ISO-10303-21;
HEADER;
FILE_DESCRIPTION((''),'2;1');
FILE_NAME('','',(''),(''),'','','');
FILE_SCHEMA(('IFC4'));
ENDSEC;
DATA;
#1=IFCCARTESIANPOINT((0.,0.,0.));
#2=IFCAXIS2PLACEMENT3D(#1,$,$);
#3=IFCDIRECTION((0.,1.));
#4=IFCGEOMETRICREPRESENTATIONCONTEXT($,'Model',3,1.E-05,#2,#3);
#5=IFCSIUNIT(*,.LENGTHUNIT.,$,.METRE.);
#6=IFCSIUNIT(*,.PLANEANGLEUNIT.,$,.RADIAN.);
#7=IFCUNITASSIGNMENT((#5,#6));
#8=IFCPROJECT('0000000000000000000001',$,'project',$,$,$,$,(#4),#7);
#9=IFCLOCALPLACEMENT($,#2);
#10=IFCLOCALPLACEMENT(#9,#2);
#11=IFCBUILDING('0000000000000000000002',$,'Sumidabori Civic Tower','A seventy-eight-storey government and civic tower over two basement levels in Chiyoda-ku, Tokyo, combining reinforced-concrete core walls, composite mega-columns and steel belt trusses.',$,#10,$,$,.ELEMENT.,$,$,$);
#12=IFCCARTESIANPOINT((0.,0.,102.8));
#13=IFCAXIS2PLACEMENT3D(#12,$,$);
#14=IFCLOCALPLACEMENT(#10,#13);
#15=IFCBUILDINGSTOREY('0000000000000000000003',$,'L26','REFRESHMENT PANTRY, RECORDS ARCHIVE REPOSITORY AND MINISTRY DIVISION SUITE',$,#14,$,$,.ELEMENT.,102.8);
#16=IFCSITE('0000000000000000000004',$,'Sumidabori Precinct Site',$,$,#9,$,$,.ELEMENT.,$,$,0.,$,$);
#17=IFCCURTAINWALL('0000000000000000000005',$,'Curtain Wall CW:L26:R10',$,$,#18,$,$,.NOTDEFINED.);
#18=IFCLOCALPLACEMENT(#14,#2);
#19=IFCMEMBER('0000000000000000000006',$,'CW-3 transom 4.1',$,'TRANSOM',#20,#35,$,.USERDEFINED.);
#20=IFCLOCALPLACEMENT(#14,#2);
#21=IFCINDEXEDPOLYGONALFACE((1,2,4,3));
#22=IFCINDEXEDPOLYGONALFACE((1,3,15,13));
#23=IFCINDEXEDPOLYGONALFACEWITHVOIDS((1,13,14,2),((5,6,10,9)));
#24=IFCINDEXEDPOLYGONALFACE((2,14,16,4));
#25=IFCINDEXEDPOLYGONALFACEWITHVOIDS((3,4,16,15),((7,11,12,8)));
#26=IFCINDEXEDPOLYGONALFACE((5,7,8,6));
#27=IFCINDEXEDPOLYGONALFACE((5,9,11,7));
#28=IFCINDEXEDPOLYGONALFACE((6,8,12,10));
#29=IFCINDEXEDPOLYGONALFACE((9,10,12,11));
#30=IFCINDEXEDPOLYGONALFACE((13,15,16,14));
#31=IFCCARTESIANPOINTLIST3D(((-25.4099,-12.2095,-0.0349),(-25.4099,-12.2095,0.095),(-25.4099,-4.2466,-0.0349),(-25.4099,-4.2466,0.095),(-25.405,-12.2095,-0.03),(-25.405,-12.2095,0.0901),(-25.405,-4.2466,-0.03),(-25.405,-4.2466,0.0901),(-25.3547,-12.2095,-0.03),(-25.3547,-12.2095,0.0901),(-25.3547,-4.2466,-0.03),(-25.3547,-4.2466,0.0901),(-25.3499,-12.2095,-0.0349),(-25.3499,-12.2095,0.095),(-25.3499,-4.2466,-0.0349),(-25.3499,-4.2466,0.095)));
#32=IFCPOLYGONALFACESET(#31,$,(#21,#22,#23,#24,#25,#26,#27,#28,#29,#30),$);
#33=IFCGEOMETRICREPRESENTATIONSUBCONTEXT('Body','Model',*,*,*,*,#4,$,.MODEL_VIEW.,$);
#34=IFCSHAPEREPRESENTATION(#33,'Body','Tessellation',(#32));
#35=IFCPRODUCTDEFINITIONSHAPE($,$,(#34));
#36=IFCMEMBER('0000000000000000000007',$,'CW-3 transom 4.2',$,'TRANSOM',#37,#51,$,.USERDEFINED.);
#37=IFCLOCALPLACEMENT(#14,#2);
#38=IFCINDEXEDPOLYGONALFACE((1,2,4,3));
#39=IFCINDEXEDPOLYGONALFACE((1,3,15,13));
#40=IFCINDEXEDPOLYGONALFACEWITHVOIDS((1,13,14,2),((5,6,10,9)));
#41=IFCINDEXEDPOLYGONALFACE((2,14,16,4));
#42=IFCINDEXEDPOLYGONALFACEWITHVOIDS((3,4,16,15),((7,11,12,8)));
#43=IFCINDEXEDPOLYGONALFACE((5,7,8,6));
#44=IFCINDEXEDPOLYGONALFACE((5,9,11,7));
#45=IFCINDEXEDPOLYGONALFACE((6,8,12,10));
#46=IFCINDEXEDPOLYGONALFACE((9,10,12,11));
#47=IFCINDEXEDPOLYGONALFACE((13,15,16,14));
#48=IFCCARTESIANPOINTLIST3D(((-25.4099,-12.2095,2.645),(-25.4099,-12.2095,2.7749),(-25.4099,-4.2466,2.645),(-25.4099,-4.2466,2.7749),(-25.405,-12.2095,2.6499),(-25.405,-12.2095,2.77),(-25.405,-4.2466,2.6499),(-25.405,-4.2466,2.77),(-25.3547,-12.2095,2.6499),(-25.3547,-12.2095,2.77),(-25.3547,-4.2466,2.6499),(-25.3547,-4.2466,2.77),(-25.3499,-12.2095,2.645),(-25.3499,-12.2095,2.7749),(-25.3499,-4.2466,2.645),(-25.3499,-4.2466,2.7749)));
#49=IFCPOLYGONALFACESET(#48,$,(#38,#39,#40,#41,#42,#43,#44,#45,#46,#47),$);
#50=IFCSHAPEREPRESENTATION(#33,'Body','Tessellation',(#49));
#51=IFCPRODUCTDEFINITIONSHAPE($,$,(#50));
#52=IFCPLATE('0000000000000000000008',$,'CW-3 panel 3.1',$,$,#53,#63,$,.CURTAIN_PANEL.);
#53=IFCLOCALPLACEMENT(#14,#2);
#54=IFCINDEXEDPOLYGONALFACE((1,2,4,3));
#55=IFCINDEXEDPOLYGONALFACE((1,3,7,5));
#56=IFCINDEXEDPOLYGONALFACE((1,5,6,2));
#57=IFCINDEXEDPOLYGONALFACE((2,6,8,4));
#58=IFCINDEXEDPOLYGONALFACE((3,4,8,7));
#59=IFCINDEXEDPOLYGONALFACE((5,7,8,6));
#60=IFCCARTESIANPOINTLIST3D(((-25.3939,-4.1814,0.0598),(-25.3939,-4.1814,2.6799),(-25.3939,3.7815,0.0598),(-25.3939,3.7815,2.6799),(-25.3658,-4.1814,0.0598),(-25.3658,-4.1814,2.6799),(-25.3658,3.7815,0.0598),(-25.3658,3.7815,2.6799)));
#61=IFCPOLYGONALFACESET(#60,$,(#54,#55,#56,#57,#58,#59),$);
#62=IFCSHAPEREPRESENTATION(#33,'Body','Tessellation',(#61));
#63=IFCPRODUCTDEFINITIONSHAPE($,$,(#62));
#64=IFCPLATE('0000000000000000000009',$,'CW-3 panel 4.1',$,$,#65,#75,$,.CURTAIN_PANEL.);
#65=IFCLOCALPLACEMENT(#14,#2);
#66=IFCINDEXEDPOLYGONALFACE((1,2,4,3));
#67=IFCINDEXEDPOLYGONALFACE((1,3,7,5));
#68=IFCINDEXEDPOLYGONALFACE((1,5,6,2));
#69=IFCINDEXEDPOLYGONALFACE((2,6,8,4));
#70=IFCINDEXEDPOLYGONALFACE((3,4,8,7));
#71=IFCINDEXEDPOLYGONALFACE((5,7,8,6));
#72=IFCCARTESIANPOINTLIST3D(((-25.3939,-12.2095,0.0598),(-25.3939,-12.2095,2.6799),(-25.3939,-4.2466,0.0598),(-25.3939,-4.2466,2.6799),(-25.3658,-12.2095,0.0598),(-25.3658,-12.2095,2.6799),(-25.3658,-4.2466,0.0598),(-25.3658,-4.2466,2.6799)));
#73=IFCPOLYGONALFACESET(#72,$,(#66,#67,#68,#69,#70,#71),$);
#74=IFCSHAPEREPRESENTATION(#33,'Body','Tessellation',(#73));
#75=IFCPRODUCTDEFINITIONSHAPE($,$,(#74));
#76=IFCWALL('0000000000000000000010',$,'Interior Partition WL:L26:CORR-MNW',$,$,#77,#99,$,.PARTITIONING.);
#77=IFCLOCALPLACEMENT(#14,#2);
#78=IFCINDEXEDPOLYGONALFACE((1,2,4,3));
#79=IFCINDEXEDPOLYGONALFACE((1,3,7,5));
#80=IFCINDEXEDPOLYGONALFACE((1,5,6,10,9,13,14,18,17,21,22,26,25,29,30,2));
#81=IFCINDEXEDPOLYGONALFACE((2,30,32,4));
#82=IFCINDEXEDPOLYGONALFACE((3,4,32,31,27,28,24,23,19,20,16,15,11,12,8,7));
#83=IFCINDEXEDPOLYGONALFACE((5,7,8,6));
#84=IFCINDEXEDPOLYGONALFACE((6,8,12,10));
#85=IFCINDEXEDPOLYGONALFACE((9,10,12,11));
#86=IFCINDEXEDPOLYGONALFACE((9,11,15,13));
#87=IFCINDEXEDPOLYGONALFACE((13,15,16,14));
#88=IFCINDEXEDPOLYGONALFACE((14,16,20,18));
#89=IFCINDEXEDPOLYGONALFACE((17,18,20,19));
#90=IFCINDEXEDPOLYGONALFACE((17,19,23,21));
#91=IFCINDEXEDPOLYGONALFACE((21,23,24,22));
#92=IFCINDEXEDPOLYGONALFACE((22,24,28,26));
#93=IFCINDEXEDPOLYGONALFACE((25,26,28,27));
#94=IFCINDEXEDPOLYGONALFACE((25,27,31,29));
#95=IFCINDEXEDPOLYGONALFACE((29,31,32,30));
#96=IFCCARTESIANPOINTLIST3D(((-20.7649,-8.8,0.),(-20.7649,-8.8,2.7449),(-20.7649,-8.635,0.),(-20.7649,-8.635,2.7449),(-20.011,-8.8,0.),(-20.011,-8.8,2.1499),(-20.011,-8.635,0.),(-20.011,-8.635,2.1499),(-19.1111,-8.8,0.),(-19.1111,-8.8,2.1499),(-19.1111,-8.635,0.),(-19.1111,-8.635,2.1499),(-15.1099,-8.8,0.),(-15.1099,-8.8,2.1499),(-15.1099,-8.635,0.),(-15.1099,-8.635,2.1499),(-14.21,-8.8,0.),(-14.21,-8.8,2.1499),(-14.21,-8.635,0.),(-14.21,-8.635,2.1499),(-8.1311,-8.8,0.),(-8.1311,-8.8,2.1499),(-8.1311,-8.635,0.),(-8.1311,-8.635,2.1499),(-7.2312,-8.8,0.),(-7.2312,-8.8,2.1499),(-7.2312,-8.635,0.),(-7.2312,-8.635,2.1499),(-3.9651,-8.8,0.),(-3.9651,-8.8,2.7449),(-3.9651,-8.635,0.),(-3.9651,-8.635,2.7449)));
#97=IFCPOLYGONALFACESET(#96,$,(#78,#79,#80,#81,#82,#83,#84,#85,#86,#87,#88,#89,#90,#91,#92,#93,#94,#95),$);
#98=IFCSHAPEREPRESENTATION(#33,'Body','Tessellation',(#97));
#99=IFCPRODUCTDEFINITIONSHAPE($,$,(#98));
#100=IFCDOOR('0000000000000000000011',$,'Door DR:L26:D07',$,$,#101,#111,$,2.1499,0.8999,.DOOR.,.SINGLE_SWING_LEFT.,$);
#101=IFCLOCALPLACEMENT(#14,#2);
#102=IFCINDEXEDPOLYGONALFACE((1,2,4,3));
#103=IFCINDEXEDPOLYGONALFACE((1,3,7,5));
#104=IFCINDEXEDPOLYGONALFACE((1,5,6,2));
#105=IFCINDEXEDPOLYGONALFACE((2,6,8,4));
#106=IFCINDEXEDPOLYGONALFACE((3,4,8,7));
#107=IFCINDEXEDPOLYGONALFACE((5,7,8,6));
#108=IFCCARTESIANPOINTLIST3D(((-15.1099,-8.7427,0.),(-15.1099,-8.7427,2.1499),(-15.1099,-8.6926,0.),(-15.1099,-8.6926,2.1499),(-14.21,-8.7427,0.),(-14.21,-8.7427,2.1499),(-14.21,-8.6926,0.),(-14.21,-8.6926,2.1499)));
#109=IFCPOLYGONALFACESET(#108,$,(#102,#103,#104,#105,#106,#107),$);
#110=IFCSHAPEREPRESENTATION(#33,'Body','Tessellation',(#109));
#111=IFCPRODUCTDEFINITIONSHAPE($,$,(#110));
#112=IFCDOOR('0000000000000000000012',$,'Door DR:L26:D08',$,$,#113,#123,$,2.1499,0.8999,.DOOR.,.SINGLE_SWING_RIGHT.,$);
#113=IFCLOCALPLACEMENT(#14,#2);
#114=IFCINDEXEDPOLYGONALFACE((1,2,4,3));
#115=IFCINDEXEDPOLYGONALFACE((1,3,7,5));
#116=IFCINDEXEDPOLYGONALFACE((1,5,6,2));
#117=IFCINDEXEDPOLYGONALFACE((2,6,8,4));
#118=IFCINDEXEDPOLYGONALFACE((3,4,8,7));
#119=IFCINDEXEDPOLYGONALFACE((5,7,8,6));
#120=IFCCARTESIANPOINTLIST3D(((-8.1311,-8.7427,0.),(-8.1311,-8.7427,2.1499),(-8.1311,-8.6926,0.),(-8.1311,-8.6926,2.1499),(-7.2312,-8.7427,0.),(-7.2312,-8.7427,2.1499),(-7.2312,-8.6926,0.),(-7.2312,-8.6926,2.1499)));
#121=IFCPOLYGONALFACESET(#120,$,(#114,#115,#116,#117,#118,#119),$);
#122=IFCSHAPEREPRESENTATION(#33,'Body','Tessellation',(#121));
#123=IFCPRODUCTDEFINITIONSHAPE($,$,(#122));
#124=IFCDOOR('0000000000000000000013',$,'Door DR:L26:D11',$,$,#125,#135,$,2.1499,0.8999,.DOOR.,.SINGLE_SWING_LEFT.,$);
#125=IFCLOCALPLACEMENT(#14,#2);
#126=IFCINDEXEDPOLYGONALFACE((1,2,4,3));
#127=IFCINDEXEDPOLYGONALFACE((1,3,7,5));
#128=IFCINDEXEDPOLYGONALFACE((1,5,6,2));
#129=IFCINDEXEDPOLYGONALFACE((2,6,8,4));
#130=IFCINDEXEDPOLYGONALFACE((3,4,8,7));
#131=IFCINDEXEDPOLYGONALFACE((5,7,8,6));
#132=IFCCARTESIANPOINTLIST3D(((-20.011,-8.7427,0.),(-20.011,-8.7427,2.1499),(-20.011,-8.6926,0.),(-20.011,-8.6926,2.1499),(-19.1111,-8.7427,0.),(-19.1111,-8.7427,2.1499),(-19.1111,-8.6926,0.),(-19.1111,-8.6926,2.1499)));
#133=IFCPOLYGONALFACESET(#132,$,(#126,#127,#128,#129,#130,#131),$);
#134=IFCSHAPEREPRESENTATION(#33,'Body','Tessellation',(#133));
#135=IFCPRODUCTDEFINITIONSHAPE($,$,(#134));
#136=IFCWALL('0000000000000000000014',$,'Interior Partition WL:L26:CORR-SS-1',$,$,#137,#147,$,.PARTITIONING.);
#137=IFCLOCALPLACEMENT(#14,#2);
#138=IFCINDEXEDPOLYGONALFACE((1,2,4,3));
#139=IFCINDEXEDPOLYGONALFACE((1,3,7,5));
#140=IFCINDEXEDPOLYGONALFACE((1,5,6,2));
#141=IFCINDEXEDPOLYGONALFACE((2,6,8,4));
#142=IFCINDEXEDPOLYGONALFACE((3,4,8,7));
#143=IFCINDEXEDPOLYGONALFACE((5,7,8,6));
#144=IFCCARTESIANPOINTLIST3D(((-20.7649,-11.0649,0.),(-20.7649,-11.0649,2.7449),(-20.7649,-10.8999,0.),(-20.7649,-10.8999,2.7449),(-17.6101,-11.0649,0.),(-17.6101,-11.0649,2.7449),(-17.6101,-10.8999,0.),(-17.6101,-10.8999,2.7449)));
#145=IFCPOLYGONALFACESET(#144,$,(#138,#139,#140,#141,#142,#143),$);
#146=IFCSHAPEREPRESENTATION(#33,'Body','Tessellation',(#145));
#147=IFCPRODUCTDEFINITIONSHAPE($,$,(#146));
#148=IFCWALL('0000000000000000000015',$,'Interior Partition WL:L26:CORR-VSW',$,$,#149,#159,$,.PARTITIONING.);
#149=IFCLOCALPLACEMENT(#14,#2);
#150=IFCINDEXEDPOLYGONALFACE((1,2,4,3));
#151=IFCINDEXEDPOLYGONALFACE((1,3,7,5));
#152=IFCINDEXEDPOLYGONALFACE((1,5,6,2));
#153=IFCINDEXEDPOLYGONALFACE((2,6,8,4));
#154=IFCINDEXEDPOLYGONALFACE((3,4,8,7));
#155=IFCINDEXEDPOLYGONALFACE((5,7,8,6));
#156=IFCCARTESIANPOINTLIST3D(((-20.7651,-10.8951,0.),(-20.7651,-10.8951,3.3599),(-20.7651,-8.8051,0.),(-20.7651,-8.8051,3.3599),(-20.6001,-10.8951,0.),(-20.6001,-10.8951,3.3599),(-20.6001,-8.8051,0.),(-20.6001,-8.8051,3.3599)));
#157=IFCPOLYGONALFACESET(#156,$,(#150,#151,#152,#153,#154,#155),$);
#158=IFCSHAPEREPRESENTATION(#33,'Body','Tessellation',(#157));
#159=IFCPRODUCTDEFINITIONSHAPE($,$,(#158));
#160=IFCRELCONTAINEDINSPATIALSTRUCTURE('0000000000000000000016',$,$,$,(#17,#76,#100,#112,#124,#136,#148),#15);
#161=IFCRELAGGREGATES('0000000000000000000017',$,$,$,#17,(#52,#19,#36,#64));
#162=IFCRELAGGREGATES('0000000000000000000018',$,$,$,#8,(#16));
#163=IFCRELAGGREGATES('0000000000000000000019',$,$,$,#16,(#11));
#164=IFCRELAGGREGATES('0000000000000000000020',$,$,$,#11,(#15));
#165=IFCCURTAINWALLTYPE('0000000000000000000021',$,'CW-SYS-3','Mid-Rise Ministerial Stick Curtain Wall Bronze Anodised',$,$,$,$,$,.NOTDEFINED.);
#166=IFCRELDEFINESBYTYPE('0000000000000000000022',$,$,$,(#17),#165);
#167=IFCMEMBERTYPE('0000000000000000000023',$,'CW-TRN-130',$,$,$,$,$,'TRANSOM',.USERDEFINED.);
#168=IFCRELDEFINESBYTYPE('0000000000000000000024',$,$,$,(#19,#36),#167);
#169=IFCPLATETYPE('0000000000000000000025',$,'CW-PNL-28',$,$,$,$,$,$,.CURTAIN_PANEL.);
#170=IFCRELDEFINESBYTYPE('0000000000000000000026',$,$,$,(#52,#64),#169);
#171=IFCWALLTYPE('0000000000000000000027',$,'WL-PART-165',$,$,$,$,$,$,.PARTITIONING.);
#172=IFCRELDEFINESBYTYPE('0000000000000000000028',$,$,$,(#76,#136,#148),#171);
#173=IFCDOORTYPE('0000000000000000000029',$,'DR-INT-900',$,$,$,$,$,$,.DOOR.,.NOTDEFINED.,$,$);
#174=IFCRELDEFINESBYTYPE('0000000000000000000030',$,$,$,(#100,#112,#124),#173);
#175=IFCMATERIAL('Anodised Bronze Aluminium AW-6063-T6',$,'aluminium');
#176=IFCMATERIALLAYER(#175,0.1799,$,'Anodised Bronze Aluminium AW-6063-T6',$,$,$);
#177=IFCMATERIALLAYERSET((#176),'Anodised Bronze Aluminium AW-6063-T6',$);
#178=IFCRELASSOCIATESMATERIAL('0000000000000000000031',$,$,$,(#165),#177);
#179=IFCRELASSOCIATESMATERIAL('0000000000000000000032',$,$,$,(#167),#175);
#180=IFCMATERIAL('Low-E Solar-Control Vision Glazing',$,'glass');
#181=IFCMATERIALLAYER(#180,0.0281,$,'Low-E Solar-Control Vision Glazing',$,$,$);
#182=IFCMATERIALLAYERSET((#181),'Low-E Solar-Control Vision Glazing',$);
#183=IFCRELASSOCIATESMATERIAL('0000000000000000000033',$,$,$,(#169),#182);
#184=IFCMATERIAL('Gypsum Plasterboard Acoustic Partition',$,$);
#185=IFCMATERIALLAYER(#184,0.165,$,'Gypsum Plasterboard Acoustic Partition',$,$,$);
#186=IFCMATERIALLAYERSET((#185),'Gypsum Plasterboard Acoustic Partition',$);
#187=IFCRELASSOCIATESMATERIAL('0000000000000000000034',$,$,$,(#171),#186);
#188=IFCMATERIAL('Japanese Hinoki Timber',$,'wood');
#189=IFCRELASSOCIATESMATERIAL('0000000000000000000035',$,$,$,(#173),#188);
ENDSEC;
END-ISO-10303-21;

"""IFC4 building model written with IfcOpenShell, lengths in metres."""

from ifc_helpers import new_model, si_unit, direction, frame, frame_2d, origin, origin_2d, place, context, subcontext, project, spatial, rectangle, hollow_rectangle, extrude, source, transform, mapped, material, layer, layer_set, material_profile, profile_set, type_object, element, fill, aggregate, save


model = new_model("IFC4")

# Units and contexts
model_context = context("Model", 3, precision=1e-05, world=origin(), true_north=direction((0.0, 1.0)))
body_context = subcontext(model_context, "Body", "Model", "MODEL_VIEW")
ifc_project = project(units=[si_unit("LENGTHUNIT", "METRE"), si_unit("PLANEANGLEUNIT", "RADIAN")], contexts=[model_context])

# Site, building, storey
site_placement = place(None, origin())
site = spatial("IfcSite", under=ifc_project, at=site_placement, Name="Sumidabori Precinct Site", CompositionType="ELEMENT", RefElevation=0.0)
building_placement = place(site_placement, origin())
building = spatial("IfcBuilding", under=site, at=building_placement, Name="Sumidabori Civic Tower", Description="A seventy-eight-storey government and civic tower over two basement levels in Chiyoda-ku, Tokyo, combining reinforced-concrete core walls, composite mega-columns and steel belt trusses.", CompositionType="ELEMENT")
storey_placement = place(building_placement, frame((0.0, 0.0, 102.8)))
storey = spatial("IfcBuildingStorey", under=building, at=storey_placement, Name="L26", Description="REFRESHMENT PANTRY, RECORDS ARCHIVE REPOSITORY AND MINISTRY DIVISION SUITE", CompositionType="ELEMENT", Elevation=102.8)

# Curtain wall, members, plates
ifc_material_1 = material(Name="Anodised Bronze Aluminium AW-6063-T6", Category="aluminium")
ifc_layer_1 = layer(ifc_material_1, 0.1799, Name="Anodised Bronze Aluminium AW-6063-T6")
ifc_layer_set_1 = layer_set([ifc_layer_1], Name="Anodised Bronze Aluminium AW-6063-T6")
curtain_wall_type = type_object("IfcCurtainWallType", Name="CW-SYS-3", Description="Mid-Rise Ministerial Stick Curtain Wall Bronze Anodised", PredefinedType="NOTDEFINED", material=ifc_layer_set_1)
curtain_wall_placement = place(storey_placement, origin())
curtain_wall = element("IfcCurtainWall", 1, at=curtain_wall_placement, inside=storey, type_object=curtain_wall_type, Name="Curtain Wall CW:L26:R10", PredefinedType="NOTDEFINED")
ifc_material_profile_1 = material_profile(ifc_material_1, hollow_rectangle(XDim=0.0601, YDim=0.1299, WallThickness=0.0049, at=origin_2d()), Name="ALU TRANSOM 130x60")
ifc_profile_set_1 = profile_set([ifc_material_profile_1], Name="Anodised Bronze Aluminium AW-6063-T6")
member_type_1 = type_object("IfcMemberType", Name="CW-TRN-130", ElementType="TRANSOM", PredefinedType="USERDEFINED", material=ifc_profile_set_1)
shared_shape_1 = source(origin(), body_context, "Body", "SweptSolid", [
    extrude(hollow_rectangle(XDim=0.0601, YDim=0.1299, WallThickness=0.0049, at=origin_2d()), origin(), (0.0, 0.0, 1.0), 7.9629),
])
member_1_placement = place(storey_placement, frame((-25.3799, -4.2466, 0.03), z_axis=(0.0, -1.0, 0.0), x_axis=(1.0, 0.0, 0.0)))
member_1 = element("IfcMember", 2, at=member_1_placement, type_object=member_type_1, Name="CW-3 transom 4.1", ObjectType="TRANSOM", PredefinedType="USERDEFINED", context=body_context, shape_type="MappedRepresentation", body=[
    mapped(shared_shape_1, transform((0.0, 0.0, 0.0), x_axis=(1.0, 0.0, 0.0), y_axis=(0.0, 1.0, 0.0), z_axis=(0.0, 0.0, 1.0), scale=1.0)),
])
member_2_placement = place(storey_placement, frame((-25.3799, -4.2466, 2.71), z_axis=(0.0, -1.0, 0.0), x_axis=(1.0, 0.0, 0.0)))
member_2 = element("IfcMember", 3, at=member_2_placement, type_object=member_type_1, Name="CW-3 transom 4.2", ObjectType="TRANSOM", PredefinedType="USERDEFINED", context=body_context, shape_type="MappedRepresentation", body=[
    mapped(shared_shape_1, transform((0.0, 0.0, 0.0), x_axis=(1.0, 0.0, 0.0), y_axis=(0.0, 1.0, 0.0), z_axis=(0.0, 0.0, 1.0), scale=1.0)),
])
ifc_material_2 = material(Name="Low-E Solar-Control Vision Glazing", Category="glass")
ifc_layer_2 = layer(ifc_material_2, 0.0281, Name="Low-E Solar-Control Vision Glazing")
ifc_layer_set_2 = layer_set([ifc_layer_2], Name="Low-E Solar-Control Vision Glazing")
plate_type = type_object("IfcPlateType", Name="CW-PNL-28", PredefinedType="CURTAIN_PANEL", material=ifc_layer_set_2)
shared_shape_2 = source(origin(), body_context, "Body", "SweptSolid", [
    extrude(rectangle(XDim=7.9629, YDim=0.0281, at=origin_2d()), origin(), (0.0, 0.0, 1.0), 2.6201),
])
plate_1_placement = place(storey_placement, frame((-25.3799, -0.2, 0.0598), z_axis=(0.0, 0.0, 1.0), x_axis=(0.0, -1.0, 0.0)))
plate_1 = element("IfcPlate", 4, at=plate_1_placement, type_object=plate_type, Name="CW-3 panel 3.1", PredefinedType="CURTAIN_PANEL", context=body_context, shape_type="MappedRepresentation", body=[
    mapped(shared_shape_2, transform((0.0, 0.0, 0.0), x_axis=(1.0, 0.0, 0.0), y_axis=(0.0, 1.0, 0.0), z_axis=(0.0, 0.0, 1.0), scale=1.0)),
])
plate_2_placement = place(storey_placement, frame((-25.3799, -8.228, 0.0598), z_axis=(0.0, 0.0, 1.0), x_axis=(0.0, -1.0, 0.0)))
plate_2 = element("IfcPlate", 5, at=plate_2_placement, type_object=plate_type, Name="CW-3 panel 4.1", PredefinedType="CURTAIN_PANEL", context=body_context, shape_type="MappedRepresentation", body=[
    mapped(shared_shape_2, transform((0.0, 0.0, 0.0), x_axis=(1.0, 0.0, 0.0), y_axis=(0.0, 1.0, 0.0), z_axis=(0.0, 0.0, 1.0), scale=1.0)),
])
aggregate(curtain_wall, [plate_1, member_1, member_2, plate_2])

# Wall, openings, doors
ifc_material_3 = material(Name="Gypsum Plasterboard Acoustic Partition")
ifc_layer_3 = layer(ifc_material_3, 0.165, Name="Gypsum Plasterboard Acoustic Partition")
ifc_layer_set_3 = layer_set([ifc_layer_3], Name="Gypsum Plasterboard Acoustic Partition")
wall_type = type_object("IfcWallType", Name="WL-PART-165", PredefinedType="PARTITIONING", material=ifc_layer_set_3)
shared_shape_3 = source(origin(), body_context, "Body", "SweptSolid", [
    extrude(rectangle(XDim=16.7998, YDim=0.165, at=frame_2d((8.3999, 0.0))), origin(), (0.0, 0.0, 1.0), 2.7449),
])
wall_1_placement = place(storey_placement, frame((-20.7649, -8.7175, 0.0), z_axis=(0.0, 0.0, 1.0), x_axis=(1.0, 0.0, 0.0)))
wall_1 = element("IfcWall", 6, at=wall_1_placement, inside=storey, type_object=wall_type, Name="Interior Partition WL:L26:CORR-MNW", PredefinedType="PARTITIONING", context=body_context, shape_type="MappedRepresentation", body=[
    mapped(shared_shape_3, transform((0.0, 0.0, 0.0), x_axis=(1.0, 0.0, 0.0), y_axis=(0.0, 1.0, 0.0), z_axis=(0.0, 0.0, 1.0), scale=1.0)),
])
opening_1_placement = place(wall_1_placement, frame((5.655, 0.0, 0.0)))
opening_1 = element("IfcOpeningElement", 7, at=opening_1_placement, cuts=wall_1, PredefinedType="OPENING", context=body_context, shape_type="SweptSolid", body=[
    extrude(rectangle(XDim=0.8999, YDim=2.1499, at=frame_2d((0.45, 1.075))), frame((0.0, 0.0945, 0.0), z_axis=(0.0, -1.0, 0.0), x_axis=(1.0, 0.0, 0.0)), (0.0, 0.0, 1.0), 0.189),
])
opening_2_placement = place(wall_1_placement, frame((12.6338, 0.0, 0.0)))
opening_2 = element("IfcOpeningElement", 8, at=opening_2_placement, cuts=wall_1, PredefinedType="OPENING", context=body_context, shape_type="SweptSolid", body=[
    extrude(rectangle(XDim=0.8999, YDim=2.1499, at=frame_2d((0.45, 1.075))), frame((0.0, 0.0945, 0.0), z_axis=(0.0, -1.0, 0.0), x_axis=(1.0, 0.0, 0.0)), (0.0, 0.0, 1.0), 0.189),
])
opening_3_placement = place(wall_1_placement, frame((0.7539, 0.0, 0.0)))
opening_3 = element("IfcOpeningElement", 9, at=opening_3_placement, cuts=wall_1, PredefinedType="OPENING", context=body_context, shape_type="SweptSolid", body=[
    extrude(rectangle(XDim=0.8999, YDim=2.1499, at=frame_2d((0.45, 1.075))), frame((0.0, 0.0945, 0.0), z_axis=(0.0, -1.0, 0.0), x_axis=(1.0, 0.0, 0.0)), (0.0, 0.0, 1.0), 0.189),
])
ifc_material_4 = material(Name="Japanese Hinoki Timber", Category="wood")
door_type = type_object("IfcDoorType", Name="DR-INT-900", OperationType="NOTDEFINED", PredefinedType="DOOR", material=ifc_material_4)
shared_shape_4 = source(origin(), body_context, "Body", "SweptSolid", [
    extrude(rectangle(XDim=0.8999, YDim=2.1499, at=frame_2d((0.45, 1.075))), frame((0.0, 0.0249, 0.0), z_axis=(0.0, -1.0, 0.0), x_axis=(1.0, 0.0, 0.0)), (0.0, 0.0, 1.0), 0.05),
])
door_1_placement = place(opening_1_placement, origin())
door_1 = element("IfcDoor", 10, at=door_1_placement, inside=storey, type_object=door_type, Name="Door DR:L26:D07", OperationType="SINGLE_SWING_LEFT", OverallHeight=2.1499, OverallWidth=0.8999, PredefinedType="DOOR", context=body_context, shape_type="MappedRepresentation", body=[
    mapped(shared_shape_4, transform((0.0, 0.0, 0.0), x_axis=(1.0, 0.0, 0.0), y_axis=(0.0, 1.0, 0.0), z_axis=(0.0, 0.0, 1.0), scale=1.0)),
])
fill(opening_1, door_1)
door_2_placement = place(opening_2_placement, origin())
door_2 = element("IfcDoor", 11, at=door_2_placement, inside=storey, type_object=door_type, Name="Door DR:L26:D08", OperationType="SINGLE_SWING_RIGHT", OverallHeight=2.1499, OverallWidth=0.8999, PredefinedType="DOOR", context=body_context, shape_type="MappedRepresentation", body=[
    mapped(shared_shape_4, transform((0.0, 0.0, 0.0), x_axis=(1.0, 0.0, 0.0), y_axis=(0.0, 1.0, 0.0), z_axis=(0.0, 0.0, 1.0), scale=1.0)),
])
fill(opening_2, door_2)
door_3_placement = place(opening_3_placement, origin())
door_3 = element("IfcDoor", 12, at=door_3_placement, inside=storey, type_object=door_type, Name="Door DR:L26:D11", OperationType="SINGLE_SWING_LEFT", OverallHeight=2.1499, OverallWidth=0.8999, PredefinedType="DOOR", context=body_context, shape_type="MappedRepresentation", body=[
    mapped(shared_shape_4, transform((0.0, 0.0, 0.0), x_axis=(1.0, 0.0, 0.0), y_axis=(0.0, 1.0, 0.0), z_axis=(0.0, 0.0, 1.0), scale=1.0)),
])
fill(opening_3, door_3)

# Walls
shared_shape_5 = source(origin(), body_context, "Body", "SweptSolid", [
    extrude(rectangle(XDim=3.1548, YDim=0.165, at=frame_2d((1.5774, 0.0))), origin(), (0.0, 0.0, 1.0), 2.7449),
])
wall_2_placement = place(storey_placement, frame((-20.7649, -10.9824, 0.0), z_axis=(0.0, 0.0, 1.0), x_axis=(1.0, 0.0, 0.0)))
element("IfcWall", 13, at=wall_2_placement, inside=storey, type_object=wall_type, Name="Interior Partition WL:L26:CORR-SS-1", PredefinedType="PARTITIONING", context=body_context, shape_type="MappedRepresentation", body=[
    mapped(shared_shape_5, transform((0.0, 0.0, 0.0), x_axis=(1.0, 0.0, 0.0), y_axis=(0.0, 1.0, 0.0), z_axis=(0.0, 0.0, 1.0), scale=1.0)),
])
shared_shape_6 = source(origin(), body_context, "Body", "SweptSolid", [
    extrude(rectangle(XDim=2.0901, YDim=0.165, at=frame_2d((1.0449, 0.0))), origin(), (0.0, 0.0, 1.0), 3.3599),
])
wall_3_placement = place(storey_placement, frame((-20.6826, -10.895, 0.0), z_axis=(0.0, 0.0, 1.0), x_axis=(0.0, 1.0, 0.0)))
element("IfcWall", 14, at=wall_3_placement, inside=storey, type_object=wall_type, Name="Interior Partition WL:L26:CORR-VSW", PredefinedType="PARTITIONING", context=body_context, shape_type="MappedRepresentation", body=[
    mapped(shared_shape_6, transform((0.0, 0.0, 0.0), x_axis=(1.0, 0.0, 0.0), y_axis=(0.0, 1.0, 0.0), z_axis=(0.0, 0.0, 1.0), scale=1.0)),
])

save(model, "model.ifc")
